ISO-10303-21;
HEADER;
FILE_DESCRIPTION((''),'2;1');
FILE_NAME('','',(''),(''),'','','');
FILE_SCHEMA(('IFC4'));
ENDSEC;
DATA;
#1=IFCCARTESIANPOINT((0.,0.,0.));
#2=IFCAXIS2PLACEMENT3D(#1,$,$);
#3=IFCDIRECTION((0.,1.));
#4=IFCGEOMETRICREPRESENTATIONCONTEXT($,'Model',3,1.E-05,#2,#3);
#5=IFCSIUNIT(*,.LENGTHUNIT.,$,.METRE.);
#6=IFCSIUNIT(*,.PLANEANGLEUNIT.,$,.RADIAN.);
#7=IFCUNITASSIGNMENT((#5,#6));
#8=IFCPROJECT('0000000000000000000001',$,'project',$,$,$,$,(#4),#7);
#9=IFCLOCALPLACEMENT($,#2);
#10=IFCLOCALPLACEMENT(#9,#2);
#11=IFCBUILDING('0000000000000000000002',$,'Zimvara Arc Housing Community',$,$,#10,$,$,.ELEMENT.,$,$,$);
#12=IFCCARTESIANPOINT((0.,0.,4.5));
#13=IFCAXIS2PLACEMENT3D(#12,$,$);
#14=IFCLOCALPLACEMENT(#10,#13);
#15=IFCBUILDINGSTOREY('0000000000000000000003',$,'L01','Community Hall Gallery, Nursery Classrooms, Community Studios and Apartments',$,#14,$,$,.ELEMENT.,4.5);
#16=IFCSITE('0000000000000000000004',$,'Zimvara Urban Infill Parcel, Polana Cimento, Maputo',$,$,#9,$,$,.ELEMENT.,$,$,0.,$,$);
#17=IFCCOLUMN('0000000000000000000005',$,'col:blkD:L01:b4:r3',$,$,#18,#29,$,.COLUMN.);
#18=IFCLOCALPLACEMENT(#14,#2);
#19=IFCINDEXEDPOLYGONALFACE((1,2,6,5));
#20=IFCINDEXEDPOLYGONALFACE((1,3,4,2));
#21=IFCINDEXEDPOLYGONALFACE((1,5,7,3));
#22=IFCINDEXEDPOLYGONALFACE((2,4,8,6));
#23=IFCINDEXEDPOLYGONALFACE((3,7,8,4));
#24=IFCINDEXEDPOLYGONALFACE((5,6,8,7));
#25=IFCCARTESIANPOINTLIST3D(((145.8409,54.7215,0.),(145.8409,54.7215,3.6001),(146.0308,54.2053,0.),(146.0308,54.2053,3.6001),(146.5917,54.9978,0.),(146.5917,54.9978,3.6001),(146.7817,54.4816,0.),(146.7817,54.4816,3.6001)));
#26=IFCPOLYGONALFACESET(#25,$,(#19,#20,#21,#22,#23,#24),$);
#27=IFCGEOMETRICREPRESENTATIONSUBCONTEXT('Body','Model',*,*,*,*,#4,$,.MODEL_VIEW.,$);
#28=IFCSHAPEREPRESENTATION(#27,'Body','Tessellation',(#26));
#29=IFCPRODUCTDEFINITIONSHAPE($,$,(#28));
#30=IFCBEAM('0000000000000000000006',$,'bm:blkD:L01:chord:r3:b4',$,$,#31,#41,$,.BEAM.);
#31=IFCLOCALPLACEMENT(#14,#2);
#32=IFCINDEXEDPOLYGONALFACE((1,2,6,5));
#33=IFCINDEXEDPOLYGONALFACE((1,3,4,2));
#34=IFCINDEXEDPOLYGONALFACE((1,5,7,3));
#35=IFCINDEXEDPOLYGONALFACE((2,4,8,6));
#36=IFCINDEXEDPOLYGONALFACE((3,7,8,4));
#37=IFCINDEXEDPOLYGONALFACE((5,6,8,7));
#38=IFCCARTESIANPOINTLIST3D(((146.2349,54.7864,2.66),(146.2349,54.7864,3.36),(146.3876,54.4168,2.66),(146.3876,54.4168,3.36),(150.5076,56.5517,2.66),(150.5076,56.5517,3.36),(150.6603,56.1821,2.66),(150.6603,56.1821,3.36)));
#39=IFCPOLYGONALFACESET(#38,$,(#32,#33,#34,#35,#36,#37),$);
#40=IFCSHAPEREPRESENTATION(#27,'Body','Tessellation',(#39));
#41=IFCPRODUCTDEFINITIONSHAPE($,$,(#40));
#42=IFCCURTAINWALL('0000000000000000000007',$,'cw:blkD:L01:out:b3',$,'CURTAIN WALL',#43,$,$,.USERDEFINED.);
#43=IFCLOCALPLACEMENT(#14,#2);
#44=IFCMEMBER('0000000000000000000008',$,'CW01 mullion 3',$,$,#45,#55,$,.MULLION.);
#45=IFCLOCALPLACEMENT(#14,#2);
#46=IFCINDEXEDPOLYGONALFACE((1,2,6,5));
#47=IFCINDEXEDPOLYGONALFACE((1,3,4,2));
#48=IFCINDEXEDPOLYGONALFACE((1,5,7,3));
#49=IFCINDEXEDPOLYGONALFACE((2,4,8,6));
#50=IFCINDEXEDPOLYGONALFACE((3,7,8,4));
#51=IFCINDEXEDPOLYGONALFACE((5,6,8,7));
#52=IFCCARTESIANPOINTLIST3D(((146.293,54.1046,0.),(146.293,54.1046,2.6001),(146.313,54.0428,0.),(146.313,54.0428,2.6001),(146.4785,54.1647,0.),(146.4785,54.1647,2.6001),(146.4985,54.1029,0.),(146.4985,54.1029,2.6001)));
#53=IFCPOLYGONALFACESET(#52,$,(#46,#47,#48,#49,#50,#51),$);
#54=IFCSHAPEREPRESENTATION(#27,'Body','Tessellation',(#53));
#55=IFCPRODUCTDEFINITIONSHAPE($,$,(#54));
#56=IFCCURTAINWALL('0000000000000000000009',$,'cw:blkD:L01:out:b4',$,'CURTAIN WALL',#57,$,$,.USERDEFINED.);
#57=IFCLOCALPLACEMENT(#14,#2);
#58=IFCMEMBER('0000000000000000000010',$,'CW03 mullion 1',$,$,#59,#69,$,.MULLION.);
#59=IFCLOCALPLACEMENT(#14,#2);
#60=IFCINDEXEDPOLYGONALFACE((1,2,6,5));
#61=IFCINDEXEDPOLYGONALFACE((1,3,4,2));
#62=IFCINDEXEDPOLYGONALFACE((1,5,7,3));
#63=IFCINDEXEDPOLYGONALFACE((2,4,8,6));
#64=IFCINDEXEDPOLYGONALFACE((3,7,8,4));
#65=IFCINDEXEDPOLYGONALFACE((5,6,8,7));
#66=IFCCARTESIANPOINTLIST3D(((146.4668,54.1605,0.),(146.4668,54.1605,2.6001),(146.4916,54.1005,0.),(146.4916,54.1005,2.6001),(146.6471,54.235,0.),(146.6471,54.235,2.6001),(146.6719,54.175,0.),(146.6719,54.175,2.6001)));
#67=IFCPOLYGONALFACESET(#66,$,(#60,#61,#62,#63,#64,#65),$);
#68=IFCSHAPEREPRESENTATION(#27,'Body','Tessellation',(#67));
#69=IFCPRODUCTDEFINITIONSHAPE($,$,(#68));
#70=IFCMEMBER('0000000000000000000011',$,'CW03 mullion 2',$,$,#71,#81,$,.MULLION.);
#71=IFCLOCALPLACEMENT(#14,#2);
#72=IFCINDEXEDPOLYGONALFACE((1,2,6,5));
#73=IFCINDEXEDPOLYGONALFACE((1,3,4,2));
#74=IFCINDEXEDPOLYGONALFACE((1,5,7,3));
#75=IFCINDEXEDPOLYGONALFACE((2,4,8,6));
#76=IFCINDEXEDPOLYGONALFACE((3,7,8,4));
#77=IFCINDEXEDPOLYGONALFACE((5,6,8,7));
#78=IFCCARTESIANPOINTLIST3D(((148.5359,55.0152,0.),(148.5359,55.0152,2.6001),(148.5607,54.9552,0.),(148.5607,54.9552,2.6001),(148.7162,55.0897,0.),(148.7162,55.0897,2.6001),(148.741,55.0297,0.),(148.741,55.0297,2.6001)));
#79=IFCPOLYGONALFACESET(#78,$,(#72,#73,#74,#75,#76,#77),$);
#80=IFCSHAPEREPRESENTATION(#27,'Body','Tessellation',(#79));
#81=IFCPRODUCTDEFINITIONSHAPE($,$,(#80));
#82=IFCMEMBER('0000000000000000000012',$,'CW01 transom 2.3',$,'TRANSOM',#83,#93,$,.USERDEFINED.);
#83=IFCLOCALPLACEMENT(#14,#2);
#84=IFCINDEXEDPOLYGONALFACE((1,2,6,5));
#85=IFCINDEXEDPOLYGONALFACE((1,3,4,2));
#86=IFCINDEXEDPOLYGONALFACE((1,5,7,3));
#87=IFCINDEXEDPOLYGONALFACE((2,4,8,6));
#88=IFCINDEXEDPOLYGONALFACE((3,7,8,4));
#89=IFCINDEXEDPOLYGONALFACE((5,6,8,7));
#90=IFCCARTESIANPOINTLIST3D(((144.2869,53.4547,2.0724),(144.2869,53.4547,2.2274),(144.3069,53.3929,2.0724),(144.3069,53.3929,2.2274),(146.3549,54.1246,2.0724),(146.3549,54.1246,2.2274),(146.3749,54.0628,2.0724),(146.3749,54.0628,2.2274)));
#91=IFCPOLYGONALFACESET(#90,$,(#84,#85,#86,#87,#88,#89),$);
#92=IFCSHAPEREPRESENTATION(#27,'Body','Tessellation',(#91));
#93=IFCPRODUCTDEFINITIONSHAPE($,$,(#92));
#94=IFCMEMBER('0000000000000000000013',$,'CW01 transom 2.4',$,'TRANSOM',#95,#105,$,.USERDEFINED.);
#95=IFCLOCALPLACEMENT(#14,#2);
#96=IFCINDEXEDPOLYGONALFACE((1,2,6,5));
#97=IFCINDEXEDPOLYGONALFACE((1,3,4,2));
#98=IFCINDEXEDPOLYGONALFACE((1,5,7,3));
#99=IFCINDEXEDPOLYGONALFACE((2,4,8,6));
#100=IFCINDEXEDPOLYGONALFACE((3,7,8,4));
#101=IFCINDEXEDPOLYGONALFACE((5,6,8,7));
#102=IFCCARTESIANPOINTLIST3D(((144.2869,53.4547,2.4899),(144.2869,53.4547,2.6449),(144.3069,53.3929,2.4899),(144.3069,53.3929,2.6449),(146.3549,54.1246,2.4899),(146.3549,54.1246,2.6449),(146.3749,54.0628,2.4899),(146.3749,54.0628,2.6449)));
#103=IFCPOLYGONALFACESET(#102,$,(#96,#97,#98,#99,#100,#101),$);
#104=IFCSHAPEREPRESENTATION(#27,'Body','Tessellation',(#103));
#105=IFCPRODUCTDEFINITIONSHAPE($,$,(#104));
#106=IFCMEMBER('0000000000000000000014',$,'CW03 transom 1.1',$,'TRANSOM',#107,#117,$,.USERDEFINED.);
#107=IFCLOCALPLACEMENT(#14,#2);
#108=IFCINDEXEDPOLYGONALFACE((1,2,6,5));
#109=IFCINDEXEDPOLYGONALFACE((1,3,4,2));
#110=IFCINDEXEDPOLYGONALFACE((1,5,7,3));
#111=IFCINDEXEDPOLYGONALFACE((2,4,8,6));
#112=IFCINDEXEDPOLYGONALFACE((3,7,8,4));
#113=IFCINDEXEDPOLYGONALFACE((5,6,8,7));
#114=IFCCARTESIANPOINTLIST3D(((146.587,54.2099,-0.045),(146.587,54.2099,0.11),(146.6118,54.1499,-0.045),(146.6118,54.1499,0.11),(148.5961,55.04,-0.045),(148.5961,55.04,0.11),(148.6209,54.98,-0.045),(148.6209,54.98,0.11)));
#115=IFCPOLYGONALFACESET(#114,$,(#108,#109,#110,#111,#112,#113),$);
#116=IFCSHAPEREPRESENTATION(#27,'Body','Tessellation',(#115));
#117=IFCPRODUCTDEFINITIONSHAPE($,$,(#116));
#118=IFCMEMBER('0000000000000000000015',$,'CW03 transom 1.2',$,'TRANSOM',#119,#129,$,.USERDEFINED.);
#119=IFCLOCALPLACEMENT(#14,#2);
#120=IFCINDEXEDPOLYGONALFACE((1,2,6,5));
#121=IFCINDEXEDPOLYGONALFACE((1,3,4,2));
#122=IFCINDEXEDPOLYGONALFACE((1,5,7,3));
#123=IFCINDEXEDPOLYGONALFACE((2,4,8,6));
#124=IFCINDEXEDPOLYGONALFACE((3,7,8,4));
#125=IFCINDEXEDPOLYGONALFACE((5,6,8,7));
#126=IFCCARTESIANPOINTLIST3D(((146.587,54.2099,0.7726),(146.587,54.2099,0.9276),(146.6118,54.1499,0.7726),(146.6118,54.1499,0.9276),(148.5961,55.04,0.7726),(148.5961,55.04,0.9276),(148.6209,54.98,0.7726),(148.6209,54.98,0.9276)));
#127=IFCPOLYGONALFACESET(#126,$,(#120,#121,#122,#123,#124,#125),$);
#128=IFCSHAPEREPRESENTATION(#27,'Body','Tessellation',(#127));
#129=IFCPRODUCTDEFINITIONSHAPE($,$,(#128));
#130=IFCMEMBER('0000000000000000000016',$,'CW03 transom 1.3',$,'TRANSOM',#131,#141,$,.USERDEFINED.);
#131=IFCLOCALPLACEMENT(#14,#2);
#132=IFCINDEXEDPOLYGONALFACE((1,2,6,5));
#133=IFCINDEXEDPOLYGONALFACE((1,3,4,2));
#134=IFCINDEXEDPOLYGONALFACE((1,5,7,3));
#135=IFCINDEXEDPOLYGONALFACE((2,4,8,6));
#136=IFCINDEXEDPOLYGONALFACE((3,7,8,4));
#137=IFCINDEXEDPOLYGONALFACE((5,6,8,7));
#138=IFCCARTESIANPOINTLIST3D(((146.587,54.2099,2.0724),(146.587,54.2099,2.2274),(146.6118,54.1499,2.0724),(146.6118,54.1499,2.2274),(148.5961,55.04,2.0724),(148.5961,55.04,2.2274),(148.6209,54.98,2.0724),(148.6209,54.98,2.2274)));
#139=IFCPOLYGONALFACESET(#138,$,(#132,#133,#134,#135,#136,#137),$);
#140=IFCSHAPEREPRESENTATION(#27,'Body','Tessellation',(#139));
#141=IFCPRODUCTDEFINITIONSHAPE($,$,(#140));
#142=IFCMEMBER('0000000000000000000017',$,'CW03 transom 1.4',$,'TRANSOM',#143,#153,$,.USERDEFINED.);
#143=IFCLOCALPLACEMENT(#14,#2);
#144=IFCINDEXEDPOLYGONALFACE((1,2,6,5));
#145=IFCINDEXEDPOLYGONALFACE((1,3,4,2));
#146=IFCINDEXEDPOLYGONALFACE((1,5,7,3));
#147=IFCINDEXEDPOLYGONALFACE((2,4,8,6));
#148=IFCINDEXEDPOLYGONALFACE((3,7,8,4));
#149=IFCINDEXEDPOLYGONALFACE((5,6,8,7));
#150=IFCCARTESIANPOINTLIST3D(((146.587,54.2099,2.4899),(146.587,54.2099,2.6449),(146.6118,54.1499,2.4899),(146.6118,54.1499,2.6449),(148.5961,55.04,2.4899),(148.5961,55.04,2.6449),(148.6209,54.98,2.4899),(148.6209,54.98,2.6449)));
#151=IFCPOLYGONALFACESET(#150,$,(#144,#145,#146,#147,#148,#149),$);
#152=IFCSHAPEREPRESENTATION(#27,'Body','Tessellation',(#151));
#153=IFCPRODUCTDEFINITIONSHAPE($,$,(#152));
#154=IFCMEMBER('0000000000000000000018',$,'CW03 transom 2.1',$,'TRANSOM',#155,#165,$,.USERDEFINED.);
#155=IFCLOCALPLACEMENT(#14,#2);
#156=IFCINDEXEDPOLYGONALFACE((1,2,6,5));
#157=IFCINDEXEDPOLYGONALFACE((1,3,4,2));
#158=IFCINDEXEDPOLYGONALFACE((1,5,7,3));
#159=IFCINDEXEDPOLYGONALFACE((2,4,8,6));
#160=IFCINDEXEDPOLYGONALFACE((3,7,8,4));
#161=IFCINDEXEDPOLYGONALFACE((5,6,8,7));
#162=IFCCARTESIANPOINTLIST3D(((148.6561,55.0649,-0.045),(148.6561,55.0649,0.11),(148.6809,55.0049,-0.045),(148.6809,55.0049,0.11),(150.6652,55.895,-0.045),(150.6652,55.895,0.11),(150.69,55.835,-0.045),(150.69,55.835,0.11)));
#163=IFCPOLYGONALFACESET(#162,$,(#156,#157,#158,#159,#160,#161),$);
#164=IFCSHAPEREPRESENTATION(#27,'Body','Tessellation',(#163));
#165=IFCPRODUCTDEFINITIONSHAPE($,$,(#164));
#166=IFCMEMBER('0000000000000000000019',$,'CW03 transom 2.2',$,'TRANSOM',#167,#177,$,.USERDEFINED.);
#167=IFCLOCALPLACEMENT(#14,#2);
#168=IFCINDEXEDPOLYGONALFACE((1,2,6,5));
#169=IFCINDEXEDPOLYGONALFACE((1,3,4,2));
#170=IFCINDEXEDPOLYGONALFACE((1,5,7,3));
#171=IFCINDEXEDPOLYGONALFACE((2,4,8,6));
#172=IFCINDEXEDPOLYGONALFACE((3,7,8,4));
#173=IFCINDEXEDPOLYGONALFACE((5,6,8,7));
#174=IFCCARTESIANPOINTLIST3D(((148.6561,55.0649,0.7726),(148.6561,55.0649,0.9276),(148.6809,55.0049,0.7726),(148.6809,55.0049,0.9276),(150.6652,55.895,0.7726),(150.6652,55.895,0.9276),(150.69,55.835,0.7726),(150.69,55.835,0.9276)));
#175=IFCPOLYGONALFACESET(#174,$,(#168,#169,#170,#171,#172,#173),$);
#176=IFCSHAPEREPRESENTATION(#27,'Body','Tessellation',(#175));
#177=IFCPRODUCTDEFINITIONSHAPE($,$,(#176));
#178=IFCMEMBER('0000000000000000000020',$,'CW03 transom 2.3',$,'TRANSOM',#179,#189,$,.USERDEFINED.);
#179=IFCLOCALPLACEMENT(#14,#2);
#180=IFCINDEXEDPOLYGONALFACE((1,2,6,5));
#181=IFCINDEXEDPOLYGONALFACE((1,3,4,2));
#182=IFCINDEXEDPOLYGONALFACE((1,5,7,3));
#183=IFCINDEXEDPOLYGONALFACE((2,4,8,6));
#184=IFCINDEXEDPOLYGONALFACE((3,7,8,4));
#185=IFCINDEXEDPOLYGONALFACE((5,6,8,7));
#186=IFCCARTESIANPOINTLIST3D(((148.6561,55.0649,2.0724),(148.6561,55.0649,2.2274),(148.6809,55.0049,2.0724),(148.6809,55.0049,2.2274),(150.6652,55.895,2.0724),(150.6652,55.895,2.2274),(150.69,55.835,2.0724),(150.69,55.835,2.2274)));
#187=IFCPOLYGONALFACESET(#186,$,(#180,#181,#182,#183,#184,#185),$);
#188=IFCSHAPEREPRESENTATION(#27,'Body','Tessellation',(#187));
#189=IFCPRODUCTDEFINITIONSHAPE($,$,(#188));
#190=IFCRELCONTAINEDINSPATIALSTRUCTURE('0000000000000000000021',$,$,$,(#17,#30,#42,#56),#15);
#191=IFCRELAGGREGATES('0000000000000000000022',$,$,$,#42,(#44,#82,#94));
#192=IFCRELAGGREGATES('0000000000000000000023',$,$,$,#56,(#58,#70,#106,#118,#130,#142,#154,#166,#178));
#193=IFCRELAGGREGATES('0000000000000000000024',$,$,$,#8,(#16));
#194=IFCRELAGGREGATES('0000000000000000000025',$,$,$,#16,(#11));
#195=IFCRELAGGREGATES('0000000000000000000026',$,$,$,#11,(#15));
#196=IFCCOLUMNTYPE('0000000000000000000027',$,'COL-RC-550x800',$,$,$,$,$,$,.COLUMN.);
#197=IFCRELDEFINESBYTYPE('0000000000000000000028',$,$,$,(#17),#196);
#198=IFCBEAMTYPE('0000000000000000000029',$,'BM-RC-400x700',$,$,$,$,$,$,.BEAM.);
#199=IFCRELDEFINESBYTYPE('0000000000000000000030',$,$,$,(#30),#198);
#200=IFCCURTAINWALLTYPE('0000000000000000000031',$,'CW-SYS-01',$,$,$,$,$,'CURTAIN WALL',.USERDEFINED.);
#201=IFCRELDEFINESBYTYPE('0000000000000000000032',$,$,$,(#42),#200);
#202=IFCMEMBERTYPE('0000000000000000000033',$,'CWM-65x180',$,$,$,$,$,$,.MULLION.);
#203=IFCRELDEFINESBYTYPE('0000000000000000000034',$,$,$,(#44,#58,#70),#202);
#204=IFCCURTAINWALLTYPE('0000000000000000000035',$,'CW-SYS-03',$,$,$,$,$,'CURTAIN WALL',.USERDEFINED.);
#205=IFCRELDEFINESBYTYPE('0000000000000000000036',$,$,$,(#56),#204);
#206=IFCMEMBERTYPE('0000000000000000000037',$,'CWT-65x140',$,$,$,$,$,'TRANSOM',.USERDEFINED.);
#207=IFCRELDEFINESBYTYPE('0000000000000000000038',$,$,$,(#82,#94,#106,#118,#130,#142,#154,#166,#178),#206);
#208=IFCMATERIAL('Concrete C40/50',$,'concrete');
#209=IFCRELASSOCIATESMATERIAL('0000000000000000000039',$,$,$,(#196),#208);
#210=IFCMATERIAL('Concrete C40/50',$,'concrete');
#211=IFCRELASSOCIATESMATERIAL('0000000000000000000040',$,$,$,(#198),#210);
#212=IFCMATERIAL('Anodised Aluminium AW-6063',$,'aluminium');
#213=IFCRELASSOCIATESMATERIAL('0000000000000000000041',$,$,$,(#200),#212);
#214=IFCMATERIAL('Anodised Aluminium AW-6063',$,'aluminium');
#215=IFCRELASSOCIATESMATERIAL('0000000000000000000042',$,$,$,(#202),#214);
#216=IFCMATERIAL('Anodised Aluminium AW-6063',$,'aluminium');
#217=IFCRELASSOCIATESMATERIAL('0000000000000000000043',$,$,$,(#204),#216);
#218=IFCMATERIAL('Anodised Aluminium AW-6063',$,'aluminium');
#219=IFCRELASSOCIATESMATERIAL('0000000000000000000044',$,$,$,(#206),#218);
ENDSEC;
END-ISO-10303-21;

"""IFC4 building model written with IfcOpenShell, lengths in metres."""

from ifc_helpers import new_model, si_unit, direction, frame, origin, origin_2d, place, context, subcontext, project, spatial, rectangle, extrude, material, material_profile, profile_set, type_object, element, aggregate, save


model = new_model("IFC4")

# Units and contexts
model_context = context("Model", 3, precision=1e-05, world=origin(), true_north=direction((0.0, 1.0)))
body_context = subcontext(model_context, "Body", "Model", "MODEL_VIEW")
ifc_project = project(units=[si_unit("LENGTHUNIT", "METRE"), si_unit("PLANEANGLEUNIT", "RADIAN")], contexts=[model_context])

# Site, building, storey
site_placement = place(None, origin())
site = spatial("IfcSite", under=ifc_project, at=site_placement, Name="Zimvara Urban Infill Parcel, Polana Cimento, Maputo", CompositionType="ELEMENT", RefElevation=0.0)
building_placement = place(site_placement, origin())
building = spatial("IfcBuilding", under=site, at=building_placement, Name="Zimvara Arc Housing Community", CompositionType="ELEMENT")
storey_placement = place(building_placement, frame((0.0, 0.0, 4.5)))
storey = spatial("IfcBuildingStorey", under=building, at=storey_placement, Name="L01", Description="Community Hall Gallery, Nursery Classrooms, Community Studios and Apartments", CompositionType="ELEMENT", Elevation=4.5)

# Column
ifc_material_1 = material(Name="Concrete C40/50", Category="concrete")
ifc_material_profile_1 = material_profile(ifc_material_1, rectangle(XDim=0.55, YDim=0.8, at=origin_2d()), Name="RC 550x800")
ifc_profile_set_1 = profile_set([ifc_material_profile_1], Name="Concrete C40/50")
column_type = type_object("IfcColumnType", Name="COL-RC-550x800", PredefinedType="COLUMN", material=ifc_profile_set_1)
column_placement = place(storey_placement, frame((146.3113, 54.6016, 0.0), z_axis=(0.0, 0.0, 1.0), x_axis=(0.345298, -0.938493, 0.0)))
element("IfcColumn", 1, at=column_placement, inside=storey, type_object=column_type, Name="col:blkD:L01:b4:r3", PredefinedType="COLUMN", context=body_context, shape_type="SweptSolid", body=[
    extrude(rectangle(XDim=0.55, YDim=0.8, at=origin_2d()), origin(), (0.0, 0.0, 1.0), 3.6001),
])

# Beam
ifc_material_2 = material(Name="Concrete C40/50", Category="concrete")
ifc_material_profile_2 = material_profile(ifc_material_2, rectangle(XDim=0.3999, YDim=0.7, at=origin_2d()), Name="RC 400x700")
ifc_profile_set_2 = profile_set([ifc_material_profile_2], Name="Concrete C40/50")
beam_type = type_object("IfcBeamType", Name="BM-RC-400x700", PredefinedType="BEAM", material=ifc_profile_set_2)
beam_placement = place(storey_placement, frame((146.3113, 54.6016, 3.01), z_axis=(0.924218, 0.381865, 0.0), x_axis=(-0.381865, 0.924218, 0.0)))
element("IfcBeam", 2, at=beam_placement, inside=storey, type_object=beam_type, Name="bm:blkD:L01:chord:r3:b4", PredefinedType="BEAM", context=body_context, shape_type="SweptSolid", body=[
    extrude(rectangle(XDim=0.3999, YDim=0.7, at=origin_2d()), origin(), (0.0, 0.0, 1.0), 4.623),
])

# Curtain wall, member
ifc_material_3 = material(Name="Anodised Aluminium AW-6063", Category="aluminium")
curtain_wall_type_1 = type_object("IfcCurtainWallType", Name="CW-SYS-01", ElementType="CURTAIN WALL", PredefinedType="USERDEFINED", material=ifc_material_3)
curtain_wall_1_placement = place(storey_placement, origin())
curtain_wall_1 = element("IfcCurtainWall", 3, at=curtain_wall_1_placement, inside=storey, type_object=curtain_wall_type_1, Name="cw:blkD:L01:out:b3", ObjectType="CURTAIN WALL", PredefinedType="USERDEFINED")
ifc_material_4 = material(Name="Anodised Aluminium AW-6063", Category="aluminium")
ifc_material_profile_3 = material_profile(ifc_material_4, rectangle(XDim=0.0649, YDim=0.1951, at=origin_2d()), Name="ALU 65x195")
ifc_profile_set_3 = profile_set([ifc_material_profile_3], Name="Anodised Aluminium AW-6063")
member_type_1 = type_object("IfcMemberType", Name="CWM-65x180", PredefinedType="MULLION", material=ifc_profile_set_3)
member_1_placement = place(storey_placement, frame((146.3958, 54.1038, 0.0), z_axis=(0.0, 0.0, 1.0), x_axis=(-0.308185, 0.951326, 0.0)))
member_1 = element("IfcMember", 4, at=member_1_placement, type_object=member_type_1, Name="CW01 mullion 3", PredefinedType="MULLION", context=body_context, shape_type="SweptSolid", body=[
    extrude(rectangle(XDim=0.0649, YDim=0.1951, at=origin_2d()), origin(), (0.0, 0.0, 1.0), 2.6001),
])

# Curtain wall, members
ifc_material_5 = material(Name="Anodised Aluminium AW-6063", Category="aluminium")
curtain_wall_type_2 = type_object("IfcCurtainWallType", Name="CW-SYS-03", ElementType="CURTAIN WALL", PredefinedType="USERDEFINED", material=ifc_material_5)
curtain_wall_2_placement = place(storey_placement, origin())
curtain_wall_2 = element("IfcCurtainWall", 5, at=curtain_wall_2_placement, inside=storey, type_object=curtain_wall_type_2, Name="cw:blkD:L01:out:b4", ObjectType="CURTAIN WALL", PredefinedType="USERDEFINED")
member_2_placement = place(storey_placement, frame((146.5693, 54.1677, 0.0), z_axis=(0.0, 0.0, 1.0), x_axis=(-0.381876, 0.924213, 0.0)))
member_2 = element("IfcMember", 6, at=member_2_placement, type_object=member_type_1, Name="CW03 mullion 1", PredefinedType="MULLION", context=body_context, shape_type="SweptSolid", body=[
    extrude(rectangle(XDim=0.0649, YDim=0.1951, at=origin_2d()), origin(), (0.0, 0.0, 1.0), 2.6001),
])
member_3_placement = place(storey_placement, frame((148.6384, 55.0225, 0.0), z_axis=(0.0, 0.0, 1.0), x_axis=(-0.381876, 0.924213, 0.0)))
member_3 = element("IfcMember", 7, at=member_3_placement, type_object=member_type_1, Name="CW03 mullion 2", PredefinedType="MULLION", context=body_context, shape_type="SweptSolid", body=[
    extrude(rectangle(XDim=0.0649, YDim=0.1951, at=origin_2d()), origin(), (0.0, 0.0, 1.0), 2.6001),
])

# Members
ifc_material_6 = material(Name="Anodised Aluminium AW-6063", Category="aluminium")
ifc_material_profile_4 = material_profile(ifc_material_6, rectangle(XDim=0.0649, YDim=0.155, at=origin_2d()), Name="ALU 65x155")
ifc_profile_set_4 = profile_set([ifc_material_profile_4], Name="Anodised Aluminium AW-6063")
member_type_2 = type_object("IfcMemberType", Name="CWT-65x140", ElementType="TRANSOM", PredefinedType="USERDEFINED", material=ifc_profile_set_4)
member_4_placement = place(storey_placement, frame((144.2969, 53.4238, 2.1499), z_axis=(0.951333, 0.308164, 0.0), x_axis=(-0.308164, 0.951333, 0.0)))
member_4 = element("IfcMember", 8, at=member_4_placement, type_object=member_type_2, Name="CW01 transom 2.3", ObjectType="TRANSOM", PredefinedType="USERDEFINED", context=body_context, shape_type="SweptSolid", body=[
    extrude(rectangle(XDim=0.0649, YDim=0.155, at=origin_2d()), origin(), (0.0, 0.0, 1.0), 2.1738),
])
member_5_placement = place(storey_placement, frame((144.2969, 53.4238, 2.5674), z_axis=(0.951333, 0.308164, 0.0), x_axis=(-0.308164, 0.951333, 0.0)))
member_5 = element("IfcMember", 9, at=member_5_placement, type_object=member_type_2, Name="CW01 transom 2.4", ObjectType="TRANSOM", PredefinedType="USERDEFINED", context=body_context, shape_type="SweptSolid", body=[
    extrude(rectangle(XDim=0.0649, YDim=0.155, at=origin_2d()), origin(), (0.0, 0.0, 1.0), 2.1738),
])
member_6_placement = place(storey_placement, frame((146.5994, 54.1799, 0.0325), z_axis=(0.924219, 0.381862, 0.0), x_axis=(-0.381862, 0.924219, 0.0)))
member_6 = element("IfcMember", 10, at=member_6_placement, type_object=member_type_2, Name="CW03 transom 1.1", ObjectType="TRANSOM", PredefinedType="USERDEFINED", context=body_context, shape_type="SweptSolid", body=[
    extrude(rectangle(XDim=0.0649, YDim=0.155, at=origin_2d()), origin(), (0.0, 0.0, 1.0), 2.1738),
])
member_7_placement = place(storey_placement, frame((146.5994, 54.1799, 0.8501), z_axis=(0.924219, 0.381862, 0.0), x_axis=(-0.381862, 0.924219, 0.0)))
member_7 = element("IfcMember", 11, at=member_7_placement, type_object=member_type_2, Name="CW03 transom 1.2", ObjectType="TRANSOM", PredefinedType="USERDEFINED", context=body_context, shape_type="SweptSolid", body=[
    extrude(rectangle(XDim=0.0649, YDim=0.155, at=origin_2d()), origin(), (0.0, 0.0, 1.0), 2.1738),
])
member_8_placement = place(storey_placement, frame((146.5994, 54.1799, 2.1499), z_axis=(0.924219, 0.381862, 0.0), x_axis=(-0.381862, 0.924219, 0.0)))
member_8 = element("IfcMember", 12, at=member_8_placement, type_object=member_type_2, Name="CW03 transom 1.3", ObjectType="TRANSOM", PredefinedType="USERDEFINED", context=body_context, shape_type="SweptSolid", body=[
    extrude(rectangle(XDim=0.0649, YDim=0.155, at=origin_2d()), origin(), (0.0, 0.0, 1.0), 2.1738),
])
member_9_placement = place(storey_placement, frame((146.5994, 54.1799, 2.5674), z_axis=(0.924219, 0.381862, 0.0), x_axis=(-0.381862, 0.924219, 0.0)))
member_9 = element("IfcMember", 13, at=member_9_placement, type_object=member_type_2, Name="CW03 transom 1.4", ObjectType="TRANSOM", PredefinedType="USERDEFINED", context=body_context, shape_type="SweptSolid", body=[
    extrude(rectangle(XDim=0.0649, YDim=0.155, at=origin_2d()), origin(), (0.0, 0.0, 1.0), 2.1738),
])
member_10_placement = place(storey_placement, frame((148.6685, 55.0349, 0.0325), z_axis=(0.924219, 0.381862, 0.0), x_axis=(-0.381862, 0.924219, 0.0)))
member_10 = element("IfcMember", 14, at=member_10_placement, type_object=member_type_2, Name="CW03 transom 2.1", ObjectType="TRANSOM", PredefinedType="USERDEFINED", context=body_context, shape_type="SweptSolid", body=[
    extrude(rectangle(XDim=0.0649, YDim=0.155, at=origin_2d()), origin(), (0.0, 0.0, 1.0), 2.1738),
])
member_11_placement = place(storey_placement, frame((148.6685, 55.0349, 0.8501), z_axis=(0.924219, 0.381862, 0.0), x_axis=(-0.381862, 0.924219, 0.0)))
member_11 = element("IfcMember", 15, at=member_11_placement, type_object=member_type_2, Name="CW03 transom 2.2", ObjectType="TRANSOM", PredefinedType="USERDEFINED", context=body_context, shape_type="SweptSolid", body=[
    extrude(rectangle(XDim=0.0649, YDim=0.155, at=origin_2d()), origin(), (0.0, 0.0, 1.0), 2.1738),
])
member_12_placement = place(storey_placement, frame((148.6685, 55.0349, 2.1499), z_axis=(0.924219, 0.381862, 0.0), x_axis=(-0.381862, 0.924219, 0.0)))
member_12 = element("IfcMember", 16, at=member_12_placement, type_object=member_type_2, Name="CW03 transom 2.3", ObjectType="TRANSOM", PredefinedType="USERDEFINED", context=body_context, shape_type="SweptSolid", body=[
    extrude(rectangle(XDim=0.0649, YDim=0.155, at=origin_2d()), origin(), (0.0, 0.0, 1.0), 2.1738),
])

aggregate(curtain_wall_1, [member_1, member_4, member_5])
aggregate(curtain_wall_2, [member_2, member_3, member_6, member_7, member_8, member_9, member_10, member_11, member_12])

save(model, "model.ifc")
